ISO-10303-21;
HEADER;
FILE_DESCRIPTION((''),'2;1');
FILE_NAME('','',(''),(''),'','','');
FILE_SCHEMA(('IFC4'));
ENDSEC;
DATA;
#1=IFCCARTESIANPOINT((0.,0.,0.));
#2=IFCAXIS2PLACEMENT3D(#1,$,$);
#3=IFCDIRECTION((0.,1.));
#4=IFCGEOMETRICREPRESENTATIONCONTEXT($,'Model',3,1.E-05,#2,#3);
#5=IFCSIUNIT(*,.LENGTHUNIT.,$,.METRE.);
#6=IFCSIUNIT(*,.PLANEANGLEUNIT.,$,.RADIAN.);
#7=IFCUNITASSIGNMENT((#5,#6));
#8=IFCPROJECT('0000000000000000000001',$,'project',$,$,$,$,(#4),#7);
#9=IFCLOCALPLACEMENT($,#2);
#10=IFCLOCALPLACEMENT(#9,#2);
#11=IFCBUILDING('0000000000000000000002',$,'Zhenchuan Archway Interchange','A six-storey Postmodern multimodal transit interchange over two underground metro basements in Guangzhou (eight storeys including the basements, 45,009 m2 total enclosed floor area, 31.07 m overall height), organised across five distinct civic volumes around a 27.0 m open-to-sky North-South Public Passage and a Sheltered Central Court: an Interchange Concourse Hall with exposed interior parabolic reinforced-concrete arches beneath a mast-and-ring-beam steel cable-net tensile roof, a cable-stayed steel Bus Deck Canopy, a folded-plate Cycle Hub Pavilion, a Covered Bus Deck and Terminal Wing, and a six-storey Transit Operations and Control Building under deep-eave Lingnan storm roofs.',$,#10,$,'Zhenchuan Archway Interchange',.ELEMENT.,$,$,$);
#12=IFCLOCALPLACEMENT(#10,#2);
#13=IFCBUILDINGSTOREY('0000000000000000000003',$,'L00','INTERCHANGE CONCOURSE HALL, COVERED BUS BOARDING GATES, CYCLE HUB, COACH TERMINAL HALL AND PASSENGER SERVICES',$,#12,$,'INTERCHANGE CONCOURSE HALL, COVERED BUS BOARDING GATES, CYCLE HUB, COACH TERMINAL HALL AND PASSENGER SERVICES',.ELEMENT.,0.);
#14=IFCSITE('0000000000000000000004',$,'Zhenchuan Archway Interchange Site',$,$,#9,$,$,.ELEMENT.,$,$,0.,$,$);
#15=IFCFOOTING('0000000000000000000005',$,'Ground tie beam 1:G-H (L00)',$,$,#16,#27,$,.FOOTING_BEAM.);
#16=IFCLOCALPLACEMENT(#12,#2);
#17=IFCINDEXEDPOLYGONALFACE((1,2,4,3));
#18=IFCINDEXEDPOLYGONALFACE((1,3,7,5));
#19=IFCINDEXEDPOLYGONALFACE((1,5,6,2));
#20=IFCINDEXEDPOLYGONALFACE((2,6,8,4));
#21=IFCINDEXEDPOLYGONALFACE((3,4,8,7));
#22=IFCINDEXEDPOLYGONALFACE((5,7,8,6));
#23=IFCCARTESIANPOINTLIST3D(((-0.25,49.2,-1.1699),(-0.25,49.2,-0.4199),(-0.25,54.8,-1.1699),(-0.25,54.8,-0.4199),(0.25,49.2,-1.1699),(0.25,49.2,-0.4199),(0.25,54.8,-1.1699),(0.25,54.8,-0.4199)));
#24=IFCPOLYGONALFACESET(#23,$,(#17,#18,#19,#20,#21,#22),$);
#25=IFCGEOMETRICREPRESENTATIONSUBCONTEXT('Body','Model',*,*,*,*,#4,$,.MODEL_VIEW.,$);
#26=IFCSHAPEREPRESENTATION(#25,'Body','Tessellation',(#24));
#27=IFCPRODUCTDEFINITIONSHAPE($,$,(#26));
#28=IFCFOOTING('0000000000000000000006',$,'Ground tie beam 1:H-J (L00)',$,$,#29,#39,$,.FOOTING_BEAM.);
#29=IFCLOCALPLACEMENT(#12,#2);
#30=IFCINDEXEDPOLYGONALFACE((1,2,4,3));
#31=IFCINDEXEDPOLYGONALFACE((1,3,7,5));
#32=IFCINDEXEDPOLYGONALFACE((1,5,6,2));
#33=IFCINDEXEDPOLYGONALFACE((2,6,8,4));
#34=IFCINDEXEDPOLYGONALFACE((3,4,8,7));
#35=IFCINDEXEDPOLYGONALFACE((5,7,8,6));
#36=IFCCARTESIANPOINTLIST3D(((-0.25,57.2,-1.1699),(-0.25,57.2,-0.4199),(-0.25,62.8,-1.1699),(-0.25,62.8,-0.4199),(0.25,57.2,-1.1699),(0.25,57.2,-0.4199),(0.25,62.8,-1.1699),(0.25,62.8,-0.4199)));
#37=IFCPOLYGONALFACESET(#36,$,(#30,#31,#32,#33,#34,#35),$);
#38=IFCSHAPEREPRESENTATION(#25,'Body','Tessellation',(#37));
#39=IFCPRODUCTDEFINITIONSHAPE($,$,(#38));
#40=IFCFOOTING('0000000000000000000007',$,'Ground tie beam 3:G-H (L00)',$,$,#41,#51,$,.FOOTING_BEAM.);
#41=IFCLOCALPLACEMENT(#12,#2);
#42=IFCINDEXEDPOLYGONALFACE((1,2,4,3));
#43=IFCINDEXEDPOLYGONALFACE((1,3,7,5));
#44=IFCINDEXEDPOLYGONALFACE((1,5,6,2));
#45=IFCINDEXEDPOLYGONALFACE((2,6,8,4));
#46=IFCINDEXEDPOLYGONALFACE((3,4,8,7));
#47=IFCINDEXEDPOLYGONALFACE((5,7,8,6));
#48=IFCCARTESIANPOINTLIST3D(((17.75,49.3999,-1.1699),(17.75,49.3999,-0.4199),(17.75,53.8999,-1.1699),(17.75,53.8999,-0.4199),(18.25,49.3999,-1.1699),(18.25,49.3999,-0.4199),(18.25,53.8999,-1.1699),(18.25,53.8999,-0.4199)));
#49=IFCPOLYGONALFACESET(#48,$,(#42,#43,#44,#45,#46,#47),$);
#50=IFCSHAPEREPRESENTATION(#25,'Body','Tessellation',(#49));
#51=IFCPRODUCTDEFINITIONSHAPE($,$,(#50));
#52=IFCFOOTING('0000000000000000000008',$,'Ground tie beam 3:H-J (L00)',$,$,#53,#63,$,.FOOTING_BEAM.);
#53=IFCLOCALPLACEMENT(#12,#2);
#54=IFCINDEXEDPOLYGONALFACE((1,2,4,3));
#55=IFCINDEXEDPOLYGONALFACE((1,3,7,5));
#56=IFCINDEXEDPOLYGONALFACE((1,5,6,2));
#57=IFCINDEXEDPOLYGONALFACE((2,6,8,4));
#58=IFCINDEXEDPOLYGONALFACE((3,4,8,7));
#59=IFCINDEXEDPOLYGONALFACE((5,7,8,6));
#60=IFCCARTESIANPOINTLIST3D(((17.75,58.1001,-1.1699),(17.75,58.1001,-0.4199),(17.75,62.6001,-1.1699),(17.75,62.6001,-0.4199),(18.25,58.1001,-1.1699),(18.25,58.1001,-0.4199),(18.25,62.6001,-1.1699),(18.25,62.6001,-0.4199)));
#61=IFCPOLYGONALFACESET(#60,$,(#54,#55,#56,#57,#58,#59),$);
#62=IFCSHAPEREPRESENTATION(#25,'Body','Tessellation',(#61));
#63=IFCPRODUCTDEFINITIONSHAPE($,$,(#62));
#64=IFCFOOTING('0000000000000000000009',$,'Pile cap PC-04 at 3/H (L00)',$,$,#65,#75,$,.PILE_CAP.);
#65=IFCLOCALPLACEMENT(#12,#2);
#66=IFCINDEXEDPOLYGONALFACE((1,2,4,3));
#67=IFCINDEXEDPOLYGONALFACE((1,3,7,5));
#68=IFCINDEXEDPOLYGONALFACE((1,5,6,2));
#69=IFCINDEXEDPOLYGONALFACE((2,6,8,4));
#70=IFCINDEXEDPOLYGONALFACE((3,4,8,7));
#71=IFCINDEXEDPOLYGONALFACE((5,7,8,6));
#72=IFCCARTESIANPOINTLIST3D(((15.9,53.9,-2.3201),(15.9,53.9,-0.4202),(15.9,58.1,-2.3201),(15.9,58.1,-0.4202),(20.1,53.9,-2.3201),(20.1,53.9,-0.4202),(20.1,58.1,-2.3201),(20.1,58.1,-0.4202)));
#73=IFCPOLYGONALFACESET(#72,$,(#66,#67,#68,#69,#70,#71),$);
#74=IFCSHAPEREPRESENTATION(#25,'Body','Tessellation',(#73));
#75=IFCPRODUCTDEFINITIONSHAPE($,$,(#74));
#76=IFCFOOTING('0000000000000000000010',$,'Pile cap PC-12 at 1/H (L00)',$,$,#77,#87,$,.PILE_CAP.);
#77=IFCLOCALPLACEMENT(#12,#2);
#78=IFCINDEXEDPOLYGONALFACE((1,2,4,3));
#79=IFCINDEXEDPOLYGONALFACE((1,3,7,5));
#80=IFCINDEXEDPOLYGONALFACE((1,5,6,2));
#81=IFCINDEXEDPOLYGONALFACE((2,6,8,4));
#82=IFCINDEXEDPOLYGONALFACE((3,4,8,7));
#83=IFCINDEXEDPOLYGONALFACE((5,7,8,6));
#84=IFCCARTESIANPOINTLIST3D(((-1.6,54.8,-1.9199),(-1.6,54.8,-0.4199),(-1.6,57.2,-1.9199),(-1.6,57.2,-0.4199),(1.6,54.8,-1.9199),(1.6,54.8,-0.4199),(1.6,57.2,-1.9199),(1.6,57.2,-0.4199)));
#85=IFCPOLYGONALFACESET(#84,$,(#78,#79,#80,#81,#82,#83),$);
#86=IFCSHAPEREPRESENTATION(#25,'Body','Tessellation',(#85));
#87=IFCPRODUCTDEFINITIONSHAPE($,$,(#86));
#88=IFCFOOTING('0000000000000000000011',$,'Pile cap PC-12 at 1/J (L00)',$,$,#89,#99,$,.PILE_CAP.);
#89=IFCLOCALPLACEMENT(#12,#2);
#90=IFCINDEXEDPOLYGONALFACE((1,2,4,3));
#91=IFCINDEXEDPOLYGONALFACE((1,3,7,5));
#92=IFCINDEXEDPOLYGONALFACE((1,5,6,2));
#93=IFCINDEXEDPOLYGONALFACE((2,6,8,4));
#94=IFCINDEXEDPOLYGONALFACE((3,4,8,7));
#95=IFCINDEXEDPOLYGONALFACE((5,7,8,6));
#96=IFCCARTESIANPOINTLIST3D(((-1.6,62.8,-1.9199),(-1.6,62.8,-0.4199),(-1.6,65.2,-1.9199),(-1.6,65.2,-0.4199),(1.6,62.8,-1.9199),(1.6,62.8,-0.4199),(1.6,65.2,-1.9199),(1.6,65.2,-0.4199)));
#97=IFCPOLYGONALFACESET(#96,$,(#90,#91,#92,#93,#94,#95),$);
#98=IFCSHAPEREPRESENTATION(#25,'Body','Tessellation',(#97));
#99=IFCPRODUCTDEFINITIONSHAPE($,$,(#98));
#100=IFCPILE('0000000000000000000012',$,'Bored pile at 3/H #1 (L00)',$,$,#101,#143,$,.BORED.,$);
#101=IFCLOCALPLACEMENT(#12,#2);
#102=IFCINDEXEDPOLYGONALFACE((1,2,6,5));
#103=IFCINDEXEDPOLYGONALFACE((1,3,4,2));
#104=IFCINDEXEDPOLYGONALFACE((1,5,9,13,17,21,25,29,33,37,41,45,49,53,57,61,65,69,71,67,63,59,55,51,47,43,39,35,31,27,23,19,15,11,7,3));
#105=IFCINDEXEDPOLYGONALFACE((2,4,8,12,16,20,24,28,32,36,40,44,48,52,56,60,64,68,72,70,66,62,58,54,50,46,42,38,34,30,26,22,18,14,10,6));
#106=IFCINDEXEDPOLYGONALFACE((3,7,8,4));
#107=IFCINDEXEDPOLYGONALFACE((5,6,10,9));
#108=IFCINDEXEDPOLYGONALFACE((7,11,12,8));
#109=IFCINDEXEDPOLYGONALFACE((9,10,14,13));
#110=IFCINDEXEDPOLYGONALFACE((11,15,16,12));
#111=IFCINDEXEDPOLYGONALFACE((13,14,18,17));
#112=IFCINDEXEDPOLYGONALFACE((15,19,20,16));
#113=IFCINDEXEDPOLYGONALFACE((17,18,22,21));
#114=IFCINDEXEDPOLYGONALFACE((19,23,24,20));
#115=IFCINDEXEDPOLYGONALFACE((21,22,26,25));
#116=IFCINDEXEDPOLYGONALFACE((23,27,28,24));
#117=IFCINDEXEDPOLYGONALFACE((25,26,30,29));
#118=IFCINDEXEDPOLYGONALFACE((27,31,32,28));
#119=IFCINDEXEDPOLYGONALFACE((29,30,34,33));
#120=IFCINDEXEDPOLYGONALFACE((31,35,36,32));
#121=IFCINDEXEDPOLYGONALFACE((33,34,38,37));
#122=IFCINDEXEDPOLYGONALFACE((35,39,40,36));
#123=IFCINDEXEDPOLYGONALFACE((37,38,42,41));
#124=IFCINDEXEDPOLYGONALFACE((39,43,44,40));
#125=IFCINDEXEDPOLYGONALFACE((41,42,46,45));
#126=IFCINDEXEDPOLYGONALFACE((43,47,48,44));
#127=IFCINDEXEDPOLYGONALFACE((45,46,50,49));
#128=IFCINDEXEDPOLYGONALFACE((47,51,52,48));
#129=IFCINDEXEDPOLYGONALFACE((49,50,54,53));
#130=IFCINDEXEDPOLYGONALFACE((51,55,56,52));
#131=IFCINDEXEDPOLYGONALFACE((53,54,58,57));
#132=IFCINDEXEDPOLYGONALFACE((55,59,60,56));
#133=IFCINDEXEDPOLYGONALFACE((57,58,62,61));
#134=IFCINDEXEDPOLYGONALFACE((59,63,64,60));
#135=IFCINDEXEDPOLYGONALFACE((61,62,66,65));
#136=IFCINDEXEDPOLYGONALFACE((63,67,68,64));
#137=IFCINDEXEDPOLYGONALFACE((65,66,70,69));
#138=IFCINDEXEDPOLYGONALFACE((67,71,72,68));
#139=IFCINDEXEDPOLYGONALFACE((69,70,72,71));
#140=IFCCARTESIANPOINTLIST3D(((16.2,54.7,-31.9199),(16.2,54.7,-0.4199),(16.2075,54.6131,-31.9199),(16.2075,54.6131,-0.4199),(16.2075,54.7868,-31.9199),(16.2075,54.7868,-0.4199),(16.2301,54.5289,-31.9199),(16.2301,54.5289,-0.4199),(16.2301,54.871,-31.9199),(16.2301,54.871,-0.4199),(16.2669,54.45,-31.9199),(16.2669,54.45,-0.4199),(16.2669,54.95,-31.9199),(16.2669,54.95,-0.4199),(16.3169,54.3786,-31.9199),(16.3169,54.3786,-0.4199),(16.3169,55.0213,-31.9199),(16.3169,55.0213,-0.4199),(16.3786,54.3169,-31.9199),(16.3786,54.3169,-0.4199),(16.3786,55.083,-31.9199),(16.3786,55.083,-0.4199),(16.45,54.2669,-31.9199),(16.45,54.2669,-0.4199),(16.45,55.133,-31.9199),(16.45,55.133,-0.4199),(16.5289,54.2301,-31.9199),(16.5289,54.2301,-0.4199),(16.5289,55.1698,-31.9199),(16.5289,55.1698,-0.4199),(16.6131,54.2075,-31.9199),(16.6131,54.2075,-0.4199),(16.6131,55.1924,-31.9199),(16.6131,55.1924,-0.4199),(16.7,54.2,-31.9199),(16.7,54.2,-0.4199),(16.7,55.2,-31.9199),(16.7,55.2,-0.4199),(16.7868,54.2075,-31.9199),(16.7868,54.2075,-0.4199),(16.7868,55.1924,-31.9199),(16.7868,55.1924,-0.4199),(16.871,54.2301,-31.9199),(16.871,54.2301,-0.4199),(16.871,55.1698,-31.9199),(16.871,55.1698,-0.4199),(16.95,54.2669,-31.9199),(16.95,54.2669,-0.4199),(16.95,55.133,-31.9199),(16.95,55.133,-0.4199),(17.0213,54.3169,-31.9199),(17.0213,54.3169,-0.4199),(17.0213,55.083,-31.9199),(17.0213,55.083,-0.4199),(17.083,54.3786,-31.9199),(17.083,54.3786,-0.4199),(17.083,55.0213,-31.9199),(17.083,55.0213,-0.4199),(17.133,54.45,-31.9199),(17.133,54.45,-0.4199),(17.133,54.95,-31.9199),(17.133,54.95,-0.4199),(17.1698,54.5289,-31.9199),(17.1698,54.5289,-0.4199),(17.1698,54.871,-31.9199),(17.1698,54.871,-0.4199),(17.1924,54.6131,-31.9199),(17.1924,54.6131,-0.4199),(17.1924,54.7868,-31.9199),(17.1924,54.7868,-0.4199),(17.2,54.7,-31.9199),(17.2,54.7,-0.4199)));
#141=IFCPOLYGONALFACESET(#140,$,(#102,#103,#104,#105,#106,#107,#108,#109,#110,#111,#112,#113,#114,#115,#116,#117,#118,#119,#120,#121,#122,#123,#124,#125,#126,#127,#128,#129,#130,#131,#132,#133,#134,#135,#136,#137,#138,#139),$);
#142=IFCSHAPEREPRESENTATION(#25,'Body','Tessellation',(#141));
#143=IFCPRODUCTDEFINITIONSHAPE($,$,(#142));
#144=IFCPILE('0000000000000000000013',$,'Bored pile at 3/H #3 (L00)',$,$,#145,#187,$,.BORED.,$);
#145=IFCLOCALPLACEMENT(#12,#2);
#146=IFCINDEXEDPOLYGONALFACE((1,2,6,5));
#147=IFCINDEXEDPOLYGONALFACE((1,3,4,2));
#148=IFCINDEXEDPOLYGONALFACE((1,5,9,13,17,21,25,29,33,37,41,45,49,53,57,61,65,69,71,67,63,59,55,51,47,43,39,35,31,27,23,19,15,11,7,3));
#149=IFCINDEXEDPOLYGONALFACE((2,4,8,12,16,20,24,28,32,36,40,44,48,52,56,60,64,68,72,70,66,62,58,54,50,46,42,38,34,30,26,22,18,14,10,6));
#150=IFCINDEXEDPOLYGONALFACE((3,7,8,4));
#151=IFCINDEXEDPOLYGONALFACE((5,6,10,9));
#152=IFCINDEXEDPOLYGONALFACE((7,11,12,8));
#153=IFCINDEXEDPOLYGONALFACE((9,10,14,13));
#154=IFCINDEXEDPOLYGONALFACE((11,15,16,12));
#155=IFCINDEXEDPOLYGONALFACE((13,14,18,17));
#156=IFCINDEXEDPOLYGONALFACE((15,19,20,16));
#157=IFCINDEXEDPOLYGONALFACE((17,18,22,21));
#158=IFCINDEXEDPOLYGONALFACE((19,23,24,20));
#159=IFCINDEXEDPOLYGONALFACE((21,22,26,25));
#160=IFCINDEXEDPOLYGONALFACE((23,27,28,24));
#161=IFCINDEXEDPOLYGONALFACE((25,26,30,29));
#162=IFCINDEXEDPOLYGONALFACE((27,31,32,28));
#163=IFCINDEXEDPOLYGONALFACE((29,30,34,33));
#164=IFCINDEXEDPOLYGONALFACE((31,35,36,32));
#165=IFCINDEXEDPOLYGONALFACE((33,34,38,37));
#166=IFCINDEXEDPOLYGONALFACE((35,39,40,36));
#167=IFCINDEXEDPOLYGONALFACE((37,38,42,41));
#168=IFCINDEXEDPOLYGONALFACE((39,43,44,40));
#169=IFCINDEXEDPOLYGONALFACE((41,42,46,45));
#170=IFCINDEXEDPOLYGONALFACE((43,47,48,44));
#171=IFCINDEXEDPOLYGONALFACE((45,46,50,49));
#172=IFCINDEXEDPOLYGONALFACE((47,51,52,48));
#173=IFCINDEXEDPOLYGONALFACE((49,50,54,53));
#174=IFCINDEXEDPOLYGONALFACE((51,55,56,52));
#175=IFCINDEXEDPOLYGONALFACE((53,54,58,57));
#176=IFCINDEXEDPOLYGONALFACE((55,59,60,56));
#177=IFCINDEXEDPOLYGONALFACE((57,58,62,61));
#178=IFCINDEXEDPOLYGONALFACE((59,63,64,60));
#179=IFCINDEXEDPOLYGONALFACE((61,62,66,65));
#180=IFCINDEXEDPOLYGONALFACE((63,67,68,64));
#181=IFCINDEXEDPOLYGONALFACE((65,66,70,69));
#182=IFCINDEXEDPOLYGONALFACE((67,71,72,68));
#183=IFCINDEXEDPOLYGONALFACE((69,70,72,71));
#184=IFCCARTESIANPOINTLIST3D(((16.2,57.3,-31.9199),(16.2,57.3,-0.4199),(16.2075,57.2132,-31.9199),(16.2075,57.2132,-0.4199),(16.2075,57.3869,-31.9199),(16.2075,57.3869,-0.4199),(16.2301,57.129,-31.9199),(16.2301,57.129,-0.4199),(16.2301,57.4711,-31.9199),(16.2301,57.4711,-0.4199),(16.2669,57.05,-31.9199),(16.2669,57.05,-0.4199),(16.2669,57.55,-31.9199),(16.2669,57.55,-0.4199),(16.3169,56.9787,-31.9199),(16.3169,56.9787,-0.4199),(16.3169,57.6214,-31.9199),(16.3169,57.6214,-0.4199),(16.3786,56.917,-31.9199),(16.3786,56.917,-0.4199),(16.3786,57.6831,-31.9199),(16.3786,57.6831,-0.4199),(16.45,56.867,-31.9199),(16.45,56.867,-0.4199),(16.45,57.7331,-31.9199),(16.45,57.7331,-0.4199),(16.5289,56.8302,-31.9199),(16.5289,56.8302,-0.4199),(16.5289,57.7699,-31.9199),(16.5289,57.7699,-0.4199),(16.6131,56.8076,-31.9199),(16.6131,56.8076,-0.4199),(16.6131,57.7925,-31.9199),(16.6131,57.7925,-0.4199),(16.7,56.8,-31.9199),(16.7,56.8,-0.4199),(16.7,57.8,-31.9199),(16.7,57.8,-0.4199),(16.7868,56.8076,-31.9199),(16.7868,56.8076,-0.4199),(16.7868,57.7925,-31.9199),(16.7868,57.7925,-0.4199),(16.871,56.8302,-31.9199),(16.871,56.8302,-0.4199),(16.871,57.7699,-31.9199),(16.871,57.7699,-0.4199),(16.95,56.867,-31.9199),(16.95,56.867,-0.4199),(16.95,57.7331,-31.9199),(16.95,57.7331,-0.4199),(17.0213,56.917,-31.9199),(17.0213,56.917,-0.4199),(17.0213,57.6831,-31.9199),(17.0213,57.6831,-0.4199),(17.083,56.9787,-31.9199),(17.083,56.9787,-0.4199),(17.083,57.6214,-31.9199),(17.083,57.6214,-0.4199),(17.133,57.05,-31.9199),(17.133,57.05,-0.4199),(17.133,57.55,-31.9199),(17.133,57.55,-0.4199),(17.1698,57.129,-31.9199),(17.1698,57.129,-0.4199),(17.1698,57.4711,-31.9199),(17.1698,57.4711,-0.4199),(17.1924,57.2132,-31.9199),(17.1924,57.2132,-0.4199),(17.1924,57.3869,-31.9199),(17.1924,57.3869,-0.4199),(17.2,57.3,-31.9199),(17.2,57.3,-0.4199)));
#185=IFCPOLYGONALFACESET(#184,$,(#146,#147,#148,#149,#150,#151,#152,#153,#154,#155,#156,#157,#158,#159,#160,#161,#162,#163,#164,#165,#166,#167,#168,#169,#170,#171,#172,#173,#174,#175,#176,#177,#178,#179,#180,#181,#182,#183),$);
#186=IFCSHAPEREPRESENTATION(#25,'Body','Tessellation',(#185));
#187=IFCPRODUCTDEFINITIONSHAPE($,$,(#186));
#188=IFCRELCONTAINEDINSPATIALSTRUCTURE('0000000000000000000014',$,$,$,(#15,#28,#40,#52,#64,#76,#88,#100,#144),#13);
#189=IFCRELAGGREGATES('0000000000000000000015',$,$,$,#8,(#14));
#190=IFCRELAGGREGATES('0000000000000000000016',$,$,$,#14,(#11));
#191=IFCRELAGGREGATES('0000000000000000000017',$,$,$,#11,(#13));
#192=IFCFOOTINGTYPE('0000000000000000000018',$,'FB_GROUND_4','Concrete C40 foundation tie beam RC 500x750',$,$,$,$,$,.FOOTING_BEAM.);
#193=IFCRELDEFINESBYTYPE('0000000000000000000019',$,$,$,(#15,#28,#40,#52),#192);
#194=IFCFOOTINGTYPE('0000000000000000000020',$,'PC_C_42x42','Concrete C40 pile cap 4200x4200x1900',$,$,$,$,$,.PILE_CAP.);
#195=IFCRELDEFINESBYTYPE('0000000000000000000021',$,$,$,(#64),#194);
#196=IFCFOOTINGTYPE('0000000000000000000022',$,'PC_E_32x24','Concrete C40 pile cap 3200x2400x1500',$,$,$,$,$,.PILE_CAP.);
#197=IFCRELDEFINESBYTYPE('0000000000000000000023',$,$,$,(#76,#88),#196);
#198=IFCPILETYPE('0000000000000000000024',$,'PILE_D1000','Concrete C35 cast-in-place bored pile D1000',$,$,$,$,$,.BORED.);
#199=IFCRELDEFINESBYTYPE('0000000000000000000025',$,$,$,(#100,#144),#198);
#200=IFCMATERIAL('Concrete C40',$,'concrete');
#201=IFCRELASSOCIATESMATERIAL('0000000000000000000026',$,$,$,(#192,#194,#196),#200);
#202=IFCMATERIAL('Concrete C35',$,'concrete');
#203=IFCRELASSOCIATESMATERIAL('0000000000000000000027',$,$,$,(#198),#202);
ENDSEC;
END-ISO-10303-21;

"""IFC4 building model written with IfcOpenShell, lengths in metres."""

from ifc_helpers import new_model, si_unit, direction, frame, origin, origin_2d, place, context, subcontext, project, spatial, rectangle, circle, extrude, material, material_profile, profile_set, type_object, element, save


model = new_model("IFC4")

# Units and contexts
model_context = context("Model", 3, precision=1e-05, world=origin(), true_north=direction((0.0, 1.0)))
body_context = subcontext(model_context, "Body", "Model", "MODEL_VIEW")
ifc_project = project(units=[si_unit("LENGTHUNIT", "METRE"), si_unit("PLANEANGLEUNIT", "RADIAN")], contexts=[model_context])

# Site, building, storey
site_placement = place(None, origin())
site = spatial("IfcSite", under=ifc_project, at=site_placement, Name="Zhenchuan Archway Interchange Site", CompositionType="ELEMENT", RefElevation=0.0)
building_placement = place(site_placement, origin())
building = spatial("IfcBuilding", under=site, at=building_placement, Name="Zhenchuan Archway Interchange", Description="A six-storey Postmodern multimodal transit interchange over two underground metro basements in Guangzhou (eight storeys including the basements, 45,009 m2 total enclosed floor area, 31.07 m overall height), organised across five distinct civic volumes around a 27.0 m open-to-sky North-South Public Passage and a Sheltered Central Court: an Interchange Concourse Hall with exposed interior parabolic reinforced-concrete arches beneath a mast-and-ring-beam steel cable-net tensile roof, a cable-stayed steel Bus Deck Canopy, a folded-plate Cycle Hub Pavilion, a Covered Bus Deck and Terminal Wing, and a six-storey Transit Operations and Control Building under deep-eave Lingnan storm roofs.", LongName="Zhenchuan Archway Interchange", CompositionType="ELEMENT")
storey_placement = place(building_placement, origin())
storey = spatial("IfcBuildingStorey", under=building, at=storey_placement, Name="L00", Description="INTERCHANGE CONCOURSE HALL, COVERED BUS BOARDING GATES, CYCLE HUB, COACH TERMINAL HALL AND PASSENGER SERVICES", LongName="INTERCHANGE CONCOURSE HALL, COVERED BUS BOARDING GATES, CYCLE HUB, COACH TERMINAL HALL AND PASSENGER SERVICES", CompositionType="ELEMENT", Elevation=0.0)

# Footings
ifc_material_1 = material(Name="Concrete C40", Category="concrete")
ifc_material_profile_1 = material_profile(ifc_material_1, rectangle(XDim=0.5, YDim=0.75, at=origin_2d()), Name="RC 500x750")
ifc_profile_set_1 = profile_set([ifc_material_profile_1], Name="Concrete C40")
footing_type_1 = type_object("IfcFootingType", Name="FB_GROUND_4", Description="Concrete C40 foundation tie beam RC 500x750", PredefinedType="FOOTING_BEAM", material=ifc_profile_set_1)
for number, where, z_axis, x_axis, name in (
    (1, (0.0, 49.2, -0.7949), (0.0, 1.0, 0.0), (-1.0, 0.0, 0.0), "Ground tie beam 1:G-H (L00)"),
    (2, (0.0, 57.2, -0.7949), (0.0, 1.0, 0.0), (-1.0, 0.0, 0.0), "Ground tie beam 1:H-J (L00)"),
):
    element("IfcFooting", number, at=place(storey_placement, frame(where, z_axis=z_axis, x_axis=x_axis)), inside=storey, type_object=footing_type_1, Name=name, PredefinedType="FOOTING_BEAM", context=body_context, shape_type="SweptSolid", body=[
        extrude(rectangle(XDim=0.5, YDim=0.75, at=origin_2d()), origin(), (0.0, 0.0, 1.0), 5.6001),
    ])
for number, where, z_axis, x_axis, name in (
    (3, (18.0, 49.3999, -0.7949), (0.0, 1.0, 0.0), (-1.0, 0.0, 0.0), "Ground tie beam 3:G-H (L00)"),
    (4, (18.0, 58.1001, -0.7949), (0.0, 1.0, 0.0), (-1.0, 0.0, 0.0), "Ground tie beam 3:H-J (L00)"),
):
    element("IfcFooting", number, at=place(storey_placement, frame(where, z_axis=z_axis, x_axis=x_axis)), inside=storey, type_object=footing_type_1, Name=name, PredefinedType="FOOTING_BEAM", context=body_context, shape_type="SweptSolid", body=[
        extrude(rectangle(XDim=0.5, YDim=0.75, at=origin_2d()), origin(), (0.0, 0.0, 1.0), 4.5),
    ])
footing_type_2 = type_object("IfcFootingType", Name="PC_C_42x42", Description="Concrete C40 pile cap 4200x4200x1900", PredefinedType="PILE_CAP", material=ifc_material_1)
footing_placement = place(storey_placement, frame((18.0, 56.0, -2.3201), z_axis=(0.0, 0.0, 1.0), x_axis=(1.0, 0.0, 0.0)))
element("IfcFooting", 5, at=footing_placement, inside=storey, type_object=footing_type_2, Name="Pile cap PC-04 at 3/H (L00)", PredefinedType="PILE_CAP", context=body_context, shape_type="SweptSolid", body=[
    extrude(rectangle(XDim=4.2, YDim=4.2, at=origin_2d()), origin(), (0.0, 0.0, 1.0), 1.8999),
])
footing_type_3 = type_object("IfcFootingType", Name="PC_E_32x24", Description="Concrete C40 pile cap 3200x2400x1500", PredefinedType="PILE_CAP", material=ifc_material_1)
for number, where, z_axis, x_axis, name in (
    (6, (0.0, 56.0, -1.9199), (0.0, 0.0, 1.0), (1.0, 0.0, 0.0), "Pile cap PC-12 at 1/H (L00)"),
    (7, (0.0, 64.0, -1.9199), (0.0, 0.0, 1.0), (1.0, 0.0, 0.0), "Pile cap PC-12 at 1/J (L00)"),
):
    element("IfcFooting", number, at=place(storey_placement, frame(where, z_axis=z_axis, x_axis=x_axis)), inside=storey, type_object=footing_type_3, Name=name, PredefinedType="PILE_CAP", context=body_context, shape_type="SweptSolid", body=[
        extrude(rectangle(XDim=3.2, YDim=2.3999, at=origin_2d()), origin(), (0.0, 0.0, 1.0), 1.5),
    ])

# Piles
ifc_material_2 = material(Name="Concrete C35", Category="concrete")
ifc_material_profile_2 = material_profile(ifc_material_2, circle(Radius=0.5, at=origin_2d()), Name="BORED PILE 1000")
ifc_profile_set_2 = profile_set([ifc_material_profile_2], Name="Concrete C35")
pile_type_1 = type_object("IfcPileType", Name="PILE_D1000", Description="Concrete C35 cast-in-place bored pile D1000", PredefinedType="BORED", material=ifc_profile_set_2)
for number, where, z_axis, x_axis, name in (
    (8, (16.7, 54.7, -0.4199), (0.0, 0.0, -1.0), (1.0, 0.0, 0.0), "Bored pile at 3/H #1 (L00)"),
    (9, (16.7, 57.3, -0.4199), (0.0, 0.0, -1.0), (1.0, 0.0, 0.0), "Bored pile at 3/H #3 (L00)"),
):
    element("IfcPile", number, at=place(storey_placement, frame(where, z_axis=z_axis, x_axis=x_axis)), inside=storey, type_object=pile_type_1, Name=name, PredefinedType="BORED", context=body_context, shape_type="SweptSolid", body=[
        extrude(circle(Radius=0.5, at=origin_2d()), origin(), (0.0, 0.0, 1.0), 31.5),
    ])

save(model, "model.ifc")
